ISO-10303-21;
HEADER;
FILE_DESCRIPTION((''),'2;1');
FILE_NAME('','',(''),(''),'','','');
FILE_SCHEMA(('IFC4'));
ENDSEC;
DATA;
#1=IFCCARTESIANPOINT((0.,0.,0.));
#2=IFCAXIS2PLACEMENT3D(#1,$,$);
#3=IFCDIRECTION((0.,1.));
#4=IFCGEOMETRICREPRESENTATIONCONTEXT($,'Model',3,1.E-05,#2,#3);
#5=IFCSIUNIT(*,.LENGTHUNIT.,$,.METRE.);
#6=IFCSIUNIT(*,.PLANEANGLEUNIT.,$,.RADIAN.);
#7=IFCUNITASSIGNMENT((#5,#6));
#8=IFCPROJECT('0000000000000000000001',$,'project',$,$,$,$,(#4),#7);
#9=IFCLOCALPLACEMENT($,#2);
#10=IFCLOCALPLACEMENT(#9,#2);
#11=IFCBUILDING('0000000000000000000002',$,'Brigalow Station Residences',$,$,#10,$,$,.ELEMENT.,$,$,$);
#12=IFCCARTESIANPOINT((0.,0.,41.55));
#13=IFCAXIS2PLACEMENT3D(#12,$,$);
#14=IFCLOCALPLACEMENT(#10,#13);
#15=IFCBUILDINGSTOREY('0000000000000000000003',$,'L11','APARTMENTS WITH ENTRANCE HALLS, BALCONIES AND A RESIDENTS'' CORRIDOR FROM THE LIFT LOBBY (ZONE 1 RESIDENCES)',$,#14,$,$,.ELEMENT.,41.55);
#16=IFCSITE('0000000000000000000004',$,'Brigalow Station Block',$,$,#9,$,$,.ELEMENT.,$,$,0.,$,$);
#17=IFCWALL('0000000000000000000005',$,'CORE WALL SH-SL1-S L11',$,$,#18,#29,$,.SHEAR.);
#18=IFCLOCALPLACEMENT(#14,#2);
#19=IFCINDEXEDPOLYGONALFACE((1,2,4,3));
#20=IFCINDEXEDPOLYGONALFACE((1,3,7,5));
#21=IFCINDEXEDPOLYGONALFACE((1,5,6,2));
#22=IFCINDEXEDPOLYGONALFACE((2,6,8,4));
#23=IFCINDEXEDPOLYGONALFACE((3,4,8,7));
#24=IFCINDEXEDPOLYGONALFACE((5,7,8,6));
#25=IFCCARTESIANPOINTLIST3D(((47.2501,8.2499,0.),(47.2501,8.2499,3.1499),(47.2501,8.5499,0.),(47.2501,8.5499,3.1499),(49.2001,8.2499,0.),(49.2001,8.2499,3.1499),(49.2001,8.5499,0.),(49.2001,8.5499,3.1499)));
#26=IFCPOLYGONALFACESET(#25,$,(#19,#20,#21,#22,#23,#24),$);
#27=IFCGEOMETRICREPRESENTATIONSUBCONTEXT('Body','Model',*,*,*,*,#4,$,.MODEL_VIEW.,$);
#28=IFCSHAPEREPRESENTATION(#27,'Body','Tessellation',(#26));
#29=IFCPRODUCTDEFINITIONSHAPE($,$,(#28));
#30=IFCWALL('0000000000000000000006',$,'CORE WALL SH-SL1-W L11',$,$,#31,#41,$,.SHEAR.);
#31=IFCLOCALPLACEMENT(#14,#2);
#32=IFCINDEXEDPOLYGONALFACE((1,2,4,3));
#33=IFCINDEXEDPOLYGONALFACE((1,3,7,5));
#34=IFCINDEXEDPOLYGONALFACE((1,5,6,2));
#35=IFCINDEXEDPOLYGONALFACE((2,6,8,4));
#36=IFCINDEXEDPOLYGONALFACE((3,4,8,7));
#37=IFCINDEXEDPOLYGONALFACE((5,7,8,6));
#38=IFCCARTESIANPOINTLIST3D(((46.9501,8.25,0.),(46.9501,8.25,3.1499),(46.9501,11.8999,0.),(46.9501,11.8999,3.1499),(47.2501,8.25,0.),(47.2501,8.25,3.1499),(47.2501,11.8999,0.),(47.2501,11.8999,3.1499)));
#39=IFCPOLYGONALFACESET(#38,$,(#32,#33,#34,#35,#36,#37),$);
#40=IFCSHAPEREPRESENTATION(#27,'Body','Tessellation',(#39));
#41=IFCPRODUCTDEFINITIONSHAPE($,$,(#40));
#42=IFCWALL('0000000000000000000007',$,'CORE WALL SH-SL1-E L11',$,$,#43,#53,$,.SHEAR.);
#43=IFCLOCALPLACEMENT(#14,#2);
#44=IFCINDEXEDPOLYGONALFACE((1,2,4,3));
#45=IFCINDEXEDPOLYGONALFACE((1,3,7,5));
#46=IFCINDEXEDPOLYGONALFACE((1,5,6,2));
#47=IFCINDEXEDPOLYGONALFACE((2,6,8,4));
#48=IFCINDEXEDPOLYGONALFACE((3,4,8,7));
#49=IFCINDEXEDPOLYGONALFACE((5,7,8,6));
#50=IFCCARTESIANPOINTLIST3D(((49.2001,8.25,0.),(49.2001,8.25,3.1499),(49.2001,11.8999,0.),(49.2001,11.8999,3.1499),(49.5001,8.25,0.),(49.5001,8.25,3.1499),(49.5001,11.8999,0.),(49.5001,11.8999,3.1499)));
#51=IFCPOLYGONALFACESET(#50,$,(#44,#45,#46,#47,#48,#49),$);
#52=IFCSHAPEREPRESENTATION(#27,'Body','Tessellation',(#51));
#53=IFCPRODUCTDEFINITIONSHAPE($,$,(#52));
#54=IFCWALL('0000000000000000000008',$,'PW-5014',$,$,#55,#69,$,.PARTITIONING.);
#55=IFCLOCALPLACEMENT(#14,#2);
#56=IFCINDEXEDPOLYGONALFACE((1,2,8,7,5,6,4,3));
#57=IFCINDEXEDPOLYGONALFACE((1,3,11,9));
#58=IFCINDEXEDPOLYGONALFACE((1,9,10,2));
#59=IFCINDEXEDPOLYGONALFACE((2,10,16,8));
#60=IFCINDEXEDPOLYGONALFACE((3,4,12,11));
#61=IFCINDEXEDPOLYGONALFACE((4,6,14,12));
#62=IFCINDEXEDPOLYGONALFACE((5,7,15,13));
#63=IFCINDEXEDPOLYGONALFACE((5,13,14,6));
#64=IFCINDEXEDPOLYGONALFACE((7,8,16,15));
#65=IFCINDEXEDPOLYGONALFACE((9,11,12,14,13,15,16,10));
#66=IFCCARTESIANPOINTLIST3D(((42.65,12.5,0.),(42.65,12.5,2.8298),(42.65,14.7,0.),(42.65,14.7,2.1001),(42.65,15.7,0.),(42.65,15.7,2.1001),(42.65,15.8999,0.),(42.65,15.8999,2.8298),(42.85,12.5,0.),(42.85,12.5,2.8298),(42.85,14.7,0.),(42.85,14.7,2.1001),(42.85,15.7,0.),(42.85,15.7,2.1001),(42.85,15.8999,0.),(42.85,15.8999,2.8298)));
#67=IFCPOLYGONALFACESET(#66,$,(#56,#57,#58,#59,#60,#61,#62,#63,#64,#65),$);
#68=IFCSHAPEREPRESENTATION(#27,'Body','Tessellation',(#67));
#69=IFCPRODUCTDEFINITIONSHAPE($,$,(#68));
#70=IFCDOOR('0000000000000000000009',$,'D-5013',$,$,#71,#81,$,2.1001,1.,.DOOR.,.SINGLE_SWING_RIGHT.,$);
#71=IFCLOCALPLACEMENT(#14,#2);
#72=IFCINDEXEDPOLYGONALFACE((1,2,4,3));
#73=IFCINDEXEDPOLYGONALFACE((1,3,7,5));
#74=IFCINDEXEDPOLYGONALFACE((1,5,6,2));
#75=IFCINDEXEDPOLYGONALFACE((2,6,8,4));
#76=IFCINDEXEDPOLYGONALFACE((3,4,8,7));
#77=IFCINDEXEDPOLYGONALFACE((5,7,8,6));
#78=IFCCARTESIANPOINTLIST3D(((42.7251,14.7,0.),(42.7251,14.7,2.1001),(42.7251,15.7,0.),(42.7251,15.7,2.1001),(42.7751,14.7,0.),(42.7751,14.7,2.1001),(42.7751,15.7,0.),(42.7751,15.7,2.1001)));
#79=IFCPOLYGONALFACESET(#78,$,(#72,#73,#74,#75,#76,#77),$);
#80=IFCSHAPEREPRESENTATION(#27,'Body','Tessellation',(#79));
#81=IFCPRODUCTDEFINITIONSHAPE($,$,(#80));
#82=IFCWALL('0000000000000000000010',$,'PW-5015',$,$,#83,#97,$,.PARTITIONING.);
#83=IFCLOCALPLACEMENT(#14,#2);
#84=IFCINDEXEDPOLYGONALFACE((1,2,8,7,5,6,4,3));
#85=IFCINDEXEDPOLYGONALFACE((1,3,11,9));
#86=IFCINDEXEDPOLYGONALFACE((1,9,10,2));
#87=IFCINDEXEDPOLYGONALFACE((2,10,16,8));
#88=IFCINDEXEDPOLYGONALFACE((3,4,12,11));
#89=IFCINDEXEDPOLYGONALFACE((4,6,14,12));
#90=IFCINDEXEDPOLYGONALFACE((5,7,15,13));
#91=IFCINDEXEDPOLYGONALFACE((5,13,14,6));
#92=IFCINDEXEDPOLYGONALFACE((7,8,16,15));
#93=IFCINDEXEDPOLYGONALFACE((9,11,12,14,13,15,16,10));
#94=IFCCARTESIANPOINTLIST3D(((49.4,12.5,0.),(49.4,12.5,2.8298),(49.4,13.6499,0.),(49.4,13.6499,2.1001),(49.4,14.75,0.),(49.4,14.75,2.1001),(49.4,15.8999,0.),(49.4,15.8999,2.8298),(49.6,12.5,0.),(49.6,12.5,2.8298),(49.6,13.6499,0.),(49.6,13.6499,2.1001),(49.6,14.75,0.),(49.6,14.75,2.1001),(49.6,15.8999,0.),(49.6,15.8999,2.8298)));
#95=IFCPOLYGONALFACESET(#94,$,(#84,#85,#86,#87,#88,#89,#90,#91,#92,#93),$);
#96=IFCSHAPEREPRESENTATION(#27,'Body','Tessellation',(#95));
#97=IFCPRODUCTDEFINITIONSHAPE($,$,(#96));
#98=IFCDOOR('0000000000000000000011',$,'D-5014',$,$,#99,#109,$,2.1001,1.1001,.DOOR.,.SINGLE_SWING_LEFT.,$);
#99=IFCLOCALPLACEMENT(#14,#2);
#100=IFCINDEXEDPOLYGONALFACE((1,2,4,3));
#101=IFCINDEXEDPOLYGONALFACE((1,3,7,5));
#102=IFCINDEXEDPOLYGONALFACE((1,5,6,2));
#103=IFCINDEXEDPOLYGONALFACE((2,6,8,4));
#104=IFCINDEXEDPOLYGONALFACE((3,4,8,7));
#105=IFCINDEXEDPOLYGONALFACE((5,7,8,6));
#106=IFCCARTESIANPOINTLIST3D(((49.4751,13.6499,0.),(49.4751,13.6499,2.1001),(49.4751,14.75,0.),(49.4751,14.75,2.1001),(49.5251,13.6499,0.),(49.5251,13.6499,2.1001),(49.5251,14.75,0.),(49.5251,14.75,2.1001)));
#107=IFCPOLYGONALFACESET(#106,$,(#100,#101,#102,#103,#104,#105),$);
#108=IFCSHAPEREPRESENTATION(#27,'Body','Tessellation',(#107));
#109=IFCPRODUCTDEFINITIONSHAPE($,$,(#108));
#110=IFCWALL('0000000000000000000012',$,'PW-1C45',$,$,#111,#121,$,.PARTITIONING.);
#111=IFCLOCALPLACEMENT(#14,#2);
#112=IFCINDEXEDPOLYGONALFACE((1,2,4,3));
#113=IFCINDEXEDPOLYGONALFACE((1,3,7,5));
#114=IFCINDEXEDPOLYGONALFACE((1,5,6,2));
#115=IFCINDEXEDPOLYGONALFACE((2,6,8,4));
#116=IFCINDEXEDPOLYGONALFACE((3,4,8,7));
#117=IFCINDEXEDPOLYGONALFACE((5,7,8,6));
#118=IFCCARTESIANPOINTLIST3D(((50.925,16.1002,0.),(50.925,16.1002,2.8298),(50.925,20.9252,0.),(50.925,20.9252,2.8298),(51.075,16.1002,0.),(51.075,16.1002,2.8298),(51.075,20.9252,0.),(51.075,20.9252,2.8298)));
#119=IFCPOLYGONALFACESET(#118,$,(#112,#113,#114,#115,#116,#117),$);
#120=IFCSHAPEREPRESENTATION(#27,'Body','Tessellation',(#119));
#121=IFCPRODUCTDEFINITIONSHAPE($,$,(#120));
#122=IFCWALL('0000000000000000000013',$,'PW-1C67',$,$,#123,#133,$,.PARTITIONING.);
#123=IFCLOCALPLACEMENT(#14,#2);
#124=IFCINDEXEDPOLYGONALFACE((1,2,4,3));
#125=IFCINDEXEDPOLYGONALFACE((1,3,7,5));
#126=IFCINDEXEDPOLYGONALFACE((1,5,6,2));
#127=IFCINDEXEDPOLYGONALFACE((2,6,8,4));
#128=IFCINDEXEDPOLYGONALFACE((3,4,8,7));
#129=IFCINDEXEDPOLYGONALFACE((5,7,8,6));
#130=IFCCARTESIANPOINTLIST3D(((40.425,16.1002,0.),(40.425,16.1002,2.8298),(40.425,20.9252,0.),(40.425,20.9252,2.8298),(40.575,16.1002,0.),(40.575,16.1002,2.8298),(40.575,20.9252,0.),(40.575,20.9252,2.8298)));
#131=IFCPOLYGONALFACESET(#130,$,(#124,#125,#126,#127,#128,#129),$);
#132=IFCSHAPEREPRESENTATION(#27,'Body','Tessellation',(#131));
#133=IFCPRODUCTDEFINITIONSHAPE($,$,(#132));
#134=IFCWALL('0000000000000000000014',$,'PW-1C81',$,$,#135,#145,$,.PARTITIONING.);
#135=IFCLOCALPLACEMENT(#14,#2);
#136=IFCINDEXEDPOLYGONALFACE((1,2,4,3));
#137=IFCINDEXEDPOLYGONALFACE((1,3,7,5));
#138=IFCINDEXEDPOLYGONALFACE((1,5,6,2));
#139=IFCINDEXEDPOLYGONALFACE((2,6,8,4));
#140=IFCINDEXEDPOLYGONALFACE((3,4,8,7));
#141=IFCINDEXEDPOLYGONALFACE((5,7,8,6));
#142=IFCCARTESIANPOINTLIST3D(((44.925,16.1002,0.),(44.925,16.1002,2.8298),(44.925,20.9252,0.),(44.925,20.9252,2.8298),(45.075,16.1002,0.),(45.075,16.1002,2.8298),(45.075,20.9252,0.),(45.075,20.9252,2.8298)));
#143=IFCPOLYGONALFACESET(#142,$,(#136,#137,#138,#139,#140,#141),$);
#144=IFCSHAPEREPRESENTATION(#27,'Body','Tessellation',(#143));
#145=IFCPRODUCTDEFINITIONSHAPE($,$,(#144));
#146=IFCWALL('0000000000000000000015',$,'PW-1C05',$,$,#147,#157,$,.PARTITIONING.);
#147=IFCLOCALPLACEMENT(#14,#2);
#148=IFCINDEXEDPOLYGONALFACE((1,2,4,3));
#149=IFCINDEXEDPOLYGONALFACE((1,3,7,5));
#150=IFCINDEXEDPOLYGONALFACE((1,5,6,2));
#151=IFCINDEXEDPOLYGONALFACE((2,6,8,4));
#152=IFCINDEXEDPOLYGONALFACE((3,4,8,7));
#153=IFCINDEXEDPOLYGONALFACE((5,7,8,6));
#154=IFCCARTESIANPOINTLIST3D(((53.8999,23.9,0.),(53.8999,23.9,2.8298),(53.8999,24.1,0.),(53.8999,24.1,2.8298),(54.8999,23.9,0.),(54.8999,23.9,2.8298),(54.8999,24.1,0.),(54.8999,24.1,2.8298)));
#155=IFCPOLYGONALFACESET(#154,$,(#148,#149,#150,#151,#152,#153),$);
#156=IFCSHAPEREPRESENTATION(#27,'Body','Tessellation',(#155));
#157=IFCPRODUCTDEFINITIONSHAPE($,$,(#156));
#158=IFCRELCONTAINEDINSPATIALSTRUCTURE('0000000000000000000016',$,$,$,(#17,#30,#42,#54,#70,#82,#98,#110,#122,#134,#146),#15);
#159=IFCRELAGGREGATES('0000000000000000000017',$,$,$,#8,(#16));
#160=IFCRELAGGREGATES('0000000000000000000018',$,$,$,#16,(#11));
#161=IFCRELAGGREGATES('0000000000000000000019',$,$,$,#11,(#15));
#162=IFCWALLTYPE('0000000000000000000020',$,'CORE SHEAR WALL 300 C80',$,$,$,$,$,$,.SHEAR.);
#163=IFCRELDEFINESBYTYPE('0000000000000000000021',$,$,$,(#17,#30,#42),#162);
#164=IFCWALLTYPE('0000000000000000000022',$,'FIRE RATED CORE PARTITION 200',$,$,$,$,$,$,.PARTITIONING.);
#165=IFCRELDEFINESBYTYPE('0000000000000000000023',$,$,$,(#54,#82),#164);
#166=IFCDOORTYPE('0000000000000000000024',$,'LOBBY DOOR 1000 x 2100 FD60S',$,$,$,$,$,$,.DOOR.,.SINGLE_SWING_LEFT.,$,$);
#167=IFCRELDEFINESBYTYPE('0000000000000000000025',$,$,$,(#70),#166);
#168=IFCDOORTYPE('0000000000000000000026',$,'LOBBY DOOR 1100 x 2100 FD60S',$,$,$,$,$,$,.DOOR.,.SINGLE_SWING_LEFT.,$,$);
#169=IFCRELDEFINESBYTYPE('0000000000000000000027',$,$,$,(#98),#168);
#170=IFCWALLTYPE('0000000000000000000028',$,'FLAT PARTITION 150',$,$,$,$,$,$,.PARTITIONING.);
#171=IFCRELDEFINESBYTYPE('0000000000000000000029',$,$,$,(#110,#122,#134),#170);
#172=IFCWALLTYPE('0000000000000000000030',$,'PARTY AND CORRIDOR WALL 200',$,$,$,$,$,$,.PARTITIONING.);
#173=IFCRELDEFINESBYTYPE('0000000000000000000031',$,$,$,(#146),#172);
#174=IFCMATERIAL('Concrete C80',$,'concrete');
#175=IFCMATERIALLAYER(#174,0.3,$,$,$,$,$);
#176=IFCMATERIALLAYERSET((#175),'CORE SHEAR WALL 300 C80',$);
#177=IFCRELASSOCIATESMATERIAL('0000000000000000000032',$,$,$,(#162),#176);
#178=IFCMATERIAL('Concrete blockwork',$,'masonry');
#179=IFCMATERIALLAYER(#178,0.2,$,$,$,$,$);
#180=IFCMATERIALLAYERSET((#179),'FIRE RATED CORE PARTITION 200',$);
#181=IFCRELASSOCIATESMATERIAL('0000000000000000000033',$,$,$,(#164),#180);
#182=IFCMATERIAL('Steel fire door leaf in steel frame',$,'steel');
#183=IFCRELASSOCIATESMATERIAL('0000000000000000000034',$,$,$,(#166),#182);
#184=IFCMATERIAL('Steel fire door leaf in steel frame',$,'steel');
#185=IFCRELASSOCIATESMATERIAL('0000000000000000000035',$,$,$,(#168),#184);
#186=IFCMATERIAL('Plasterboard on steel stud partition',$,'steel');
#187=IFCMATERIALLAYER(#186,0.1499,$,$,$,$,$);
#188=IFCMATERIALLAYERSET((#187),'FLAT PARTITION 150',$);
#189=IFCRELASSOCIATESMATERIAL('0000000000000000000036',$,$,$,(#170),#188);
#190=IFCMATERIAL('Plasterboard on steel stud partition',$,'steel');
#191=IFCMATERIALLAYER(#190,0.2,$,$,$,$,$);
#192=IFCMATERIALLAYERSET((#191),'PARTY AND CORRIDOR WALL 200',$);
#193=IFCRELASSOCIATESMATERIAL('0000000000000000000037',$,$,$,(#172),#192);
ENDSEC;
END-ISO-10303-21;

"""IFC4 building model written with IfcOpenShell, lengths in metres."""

from ifc_helpers import new_model, si_unit, direction, frame, frame_2d, origin, place, context, subcontext, project, spatial, rectangle, extrude, material, layer, layer_set, type_object, element, fill, save


model = new_model("IFC4")

# Units and contexts
model_context = context("Model", 3, precision=1e-05, world=origin(), true_north=direction((0.0, 1.0)))
body_context = subcontext(model_context, "Body", "Model", "MODEL_VIEW")
ifc_project = project(units=[si_unit("LENGTHUNIT", "METRE"), si_unit("PLANEANGLEUNIT", "RADIAN")], contexts=[model_context])

# Site, building, storey
site_placement = place(None, origin())
site = spatial("IfcSite", under=ifc_project, at=site_placement, Name="Brigalow Station Block", CompositionType="ELEMENT", RefElevation=0.0)
building_placement = place(site_placement, origin())
building = spatial("IfcBuilding", under=site, at=building_placement, Name="Brigalow Station Residences", CompositionType="ELEMENT")
storey_placement = place(building_placement, frame((0.0, 0.0, 41.55)))
storey = spatial("IfcBuildingStorey", under=building, at=storey_placement, Name="L11", Description="APARTMENTS WITH ENTRANCE HALLS, BALCONIES AND A RESIDENTS' CORRIDOR FROM THE LIFT LOBBY (ZONE 1 RESIDENCES)", CompositionType="ELEMENT", Elevation=41.55)

# Walls
ifc_material_1 = material(Name="Concrete C80", Category="concrete")
ifc_layer_1 = layer(ifc_material_1, 0.3)
ifc_layer_set_1 = layer_set([ifc_layer_1], Name="CORE SHEAR WALL 300 C80")
wall_type_1 = type_object("IfcWallType", Name="CORE SHEAR WALL 300 C80", PredefinedType="SHEAR", material=ifc_layer_set_1)
wall_1_placement = place(storey_placement, frame((47.25, 8.3999, 0.0), z_axis=(0.0, 0.0, 1.0), x_axis=(1.0, 0.0, 0.0)))
element("IfcWall", 1, at=wall_1_placement, inside=storey, type_object=wall_type_1, Name="CORE WALL SH-SL1-S L11", PredefinedType="SHEAR", context=body_context, shape_type="SweptSolid", body=[
    extrude(rectangle(XDim=1.95, YDim=0.3, at=frame_2d((0.9751, 0.0))), origin(), (0.0, 0.0, 1.0), 3.1499),
])
for number, where, z_axis, x_axis, name in (
    (2, (47.1001, 8.25, 0.0), (0.0, 0.0, 1.0), (0.0, 1.0, 0.0), "CORE WALL SH-SL1-W L11"),
    (3, (49.3501, 8.25, 0.0), (0.0, 0.0, 1.0), (0.0, 1.0, 0.0), "CORE WALL SH-SL1-E L11"),
):
    element("IfcWall", number, at=place(storey_placement, frame(where, z_axis=z_axis, x_axis=x_axis)), inside=storey, type_object=wall_type_1, Name=name, PredefinedType="SHEAR", context=body_context, shape_type="SweptSolid", body=[
        extrude(rectangle(XDim=3.6499, YDim=0.3, at=frame_2d((1.825, 0.0))), origin(), (0.0, 0.0, 1.0), 3.1499),
    ])

# Walls, openings, doors
ifc_material_2 = material(Name="Concrete blockwork", Category="masonry")
ifc_layer_2 = layer(ifc_material_2, 0.2)
ifc_layer_set_2 = layer_set([ifc_layer_2], Name="FIRE RATED CORE PARTITION 200")
wall_type_2 = type_object("IfcWallType", Name="FIRE RATED CORE PARTITION 200", PredefinedType="PARTITIONING", material=ifc_layer_set_2)
wall_2_placement = place(storey_placement, frame((42.75, 12.5, 0.0), z_axis=(0.0, 0.0, 1.0), x_axis=(0.0, 1.0, 0.0)))
wall_2 = element("IfcWall", 4, at=wall_2_placement, inside=storey, type_object=wall_type_2, Name="PW-5014", PredefinedType="PARTITIONING", context=body_context, shape_type="SweptSolid", body=[
    extrude(rectangle(XDim=3.3999, YDim=0.2, at=frame_2d((1.7, 0.0))), origin(), (0.0, 0.0, 1.0), 2.8298),
])
opening_1_placement = place(wall_2_placement, frame((2.2, 0.0, 0.0)))
opening_1 = element("IfcOpeningElement", 5, at=opening_1_placement, cuts=wall_2, PredefinedType="OPENING", context=body_context, shape_type="SweptSolid", body=[
    extrude(rectangle(XDim=1.0, YDim=2.1001, at=frame_2d((0.5, 1.05))), frame((0.0, 0.1099, 0.0), z_axis=(0.0, -1.0, 0.0), x_axis=(1.0, 0.0, 0.0)), (0.0, 0.0, 1.0), 0.22),
])
ifc_material_3 = material(Name="Steel fire door leaf in steel frame", Category="steel")
door_type_1 = type_object("IfcDoorType", Name="LOBBY DOOR 1000 x 2100 FD60S", OperationType="SINGLE_SWING_LEFT", PredefinedType="DOOR", material=ifc_material_3)
door_1_placement = place(opening_1_placement, origin())
door_1 = element("IfcDoor", 6, at=door_1_placement, inside=storey, type_object=door_type_1, Name="D-5013", OperationType="SINGLE_SWING_RIGHT", OverallHeight=2.1001, OverallWidth=1.0, PredefinedType="DOOR", context=body_context, shape_type="SweptSolid", body=[
    extrude(rectangle(XDim=1.0, YDim=2.1001, at=frame_2d((0.5, 1.05))), frame((0.0, 0.0249, 0.0), z_axis=(0.0, -1.0, 0.0), x_axis=(1.0, 0.0, 0.0)), (0.0, 0.0, 1.0), 0.05),
])
fill(opening_1, door_1)
wall_3_placement = place(storey_placement, frame((49.5, 12.5, 0.0), z_axis=(0.0, 0.0, 1.0), x_axis=(0.0, 1.0, 0.0)))
wall_3 = element("IfcWall", 7, at=wall_3_placement, inside=storey, type_object=wall_type_2, Name="PW-5015", PredefinedType="PARTITIONING", context=body_context, shape_type="SweptSolid", body=[
    extrude(rectangle(XDim=3.3999, YDim=0.2, at=frame_2d((1.7, 0.0))), origin(), (0.0, 0.0, 1.0), 2.8298),
])
opening_2_placement = place(wall_3_placement, frame((1.1499, 0.0, 0.0)))
opening_2 = element("IfcOpeningElement", 8, at=opening_2_placement, cuts=wall_3, PredefinedType="OPENING", context=body_context, shape_type="SweptSolid", body=[
    extrude(rectangle(XDim=1.1001, YDim=2.1001, at=frame_2d((0.55, 1.05))), frame((0.0, 0.1099, 0.0), z_axis=(0.0, -1.0, 0.0), x_axis=(1.0, 0.0, 0.0)), (0.0, 0.0, 1.0), 0.22),
])
ifc_material_4 = material(Name="Steel fire door leaf in steel frame", Category="steel")
door_type_2 = type_object("IfcDoorType", Name="LOBBY DOOR 1100 x 2100 FD60S", OperationType="SINGLE_SWING_LEFT", PredefinedType="DOOR", material=ifc_material_4)
door_2_placement = place(opening_2_placement, origin())
door_2 = element("IfcDoor", 9, at=door_2_placement, inside=storey, type_object=door_type_2, Name="D-5014", OperationType="SINGLE_SWING_LEFT", OverallHeight=2.1001, OverallWidth=1.1001, PredefinedType="DOOR", context=body_context, shape_type="SweptSolid", body=[
    extrude(rectangle(XDim=1.1001, YDim=2.1001, at=frame_2d((0.55, 1.05))), frame((0.0, 0.0249, 0.0), z_axis=(0.0, -1.0, 0.0), x_axis=(1.0, 0.0, 0.0)), (0.0, 0.0, 1.0), 0.05),
])
fill(opening_2, door_2)

# Walls
ifc_material_5 = material(Name="Plasterboard on steel stud partition", Category="steel")
ifc_layer_3 = layer(ifc_material_5, 0.1499)
ifc_layer_set_3 = layer_set([ifc_layer_3], Name="FLAT PARTITION 150")
wall_type_3 = type_object("IfcWallType", Name="FLAT PARTITION 150", PredefinedType="PARTITIONING", material=ifc_layer_set_3)
for number, where, z_axis, x_axis, name in (
    (10, (51.0, 16.1001, 0.0), (0.0, 0.0, 1.0), (0.0, 1.0, 0.0), "PW-1C45"),
    (11, (40.5, 16.1001, 0.0), (0.0, 0.0, 1.0), (0.0, 1.0, 0.0), "PW-1C67"),
    (12, (45.0, 16.1001, 0.0), (0.0, 0.0, 1.0), (0.0, 1.0, 0.0), "PW-1C81"),
):
    element("IfcWall", number, at=place(storey_placement, frame(where, z_axis=z_axis, x_axis=x_axis)), inside=storey, type_object=wall_type_3, Name=name, PredefinedType="PARTITIONING", context=body_context, shape_type="SweptSolid", body=[
        extrude(rectangle(XDim=4.825, YDim=0.1499, at=frame_2d((2.4126, 0.0))), origin(), (0.0, 0.0, 1.0), 2.8298),
    ])
ifc_material_6 = material(Name="Plasterboard on steel stud partition", Category="steel")
ifc_layer_4 = layer(ifc_material_6, 0.2)
ifc_layer_set_4 = layer_set([ifc_layer_4], Name="PARTY AND CORRIDOR WALL 200")
wall_type_4 = type_object("IfcWallType", Name="PARTY AND CORRIDOR WALL 200", PredefinedType="PARTITIONING", material=ifc_layer_set_4)
wall_4_placement = place(storey_placement, frame((53.8999, 24.0, 0.0), z_axis=(0.0, 0.0, 1.0), x_axis=(1.0, 0.0, 0.0)))
element("IfcWall", 13, at=wall_4_placement, inside=storey, type_object=wall_type_4, Name="PW-1C05", PredefinedType="PARTITIONING", context=body_context, shape_type="SweptSolid", body=[
    extrude(rectangle(XDim=1.0, YDim=0.2, at=frame_2d((0.5, 0.0))), origin(), (0.0, 0.0, 1.0), 2.8298),
])

save(model, "model.ifc")
